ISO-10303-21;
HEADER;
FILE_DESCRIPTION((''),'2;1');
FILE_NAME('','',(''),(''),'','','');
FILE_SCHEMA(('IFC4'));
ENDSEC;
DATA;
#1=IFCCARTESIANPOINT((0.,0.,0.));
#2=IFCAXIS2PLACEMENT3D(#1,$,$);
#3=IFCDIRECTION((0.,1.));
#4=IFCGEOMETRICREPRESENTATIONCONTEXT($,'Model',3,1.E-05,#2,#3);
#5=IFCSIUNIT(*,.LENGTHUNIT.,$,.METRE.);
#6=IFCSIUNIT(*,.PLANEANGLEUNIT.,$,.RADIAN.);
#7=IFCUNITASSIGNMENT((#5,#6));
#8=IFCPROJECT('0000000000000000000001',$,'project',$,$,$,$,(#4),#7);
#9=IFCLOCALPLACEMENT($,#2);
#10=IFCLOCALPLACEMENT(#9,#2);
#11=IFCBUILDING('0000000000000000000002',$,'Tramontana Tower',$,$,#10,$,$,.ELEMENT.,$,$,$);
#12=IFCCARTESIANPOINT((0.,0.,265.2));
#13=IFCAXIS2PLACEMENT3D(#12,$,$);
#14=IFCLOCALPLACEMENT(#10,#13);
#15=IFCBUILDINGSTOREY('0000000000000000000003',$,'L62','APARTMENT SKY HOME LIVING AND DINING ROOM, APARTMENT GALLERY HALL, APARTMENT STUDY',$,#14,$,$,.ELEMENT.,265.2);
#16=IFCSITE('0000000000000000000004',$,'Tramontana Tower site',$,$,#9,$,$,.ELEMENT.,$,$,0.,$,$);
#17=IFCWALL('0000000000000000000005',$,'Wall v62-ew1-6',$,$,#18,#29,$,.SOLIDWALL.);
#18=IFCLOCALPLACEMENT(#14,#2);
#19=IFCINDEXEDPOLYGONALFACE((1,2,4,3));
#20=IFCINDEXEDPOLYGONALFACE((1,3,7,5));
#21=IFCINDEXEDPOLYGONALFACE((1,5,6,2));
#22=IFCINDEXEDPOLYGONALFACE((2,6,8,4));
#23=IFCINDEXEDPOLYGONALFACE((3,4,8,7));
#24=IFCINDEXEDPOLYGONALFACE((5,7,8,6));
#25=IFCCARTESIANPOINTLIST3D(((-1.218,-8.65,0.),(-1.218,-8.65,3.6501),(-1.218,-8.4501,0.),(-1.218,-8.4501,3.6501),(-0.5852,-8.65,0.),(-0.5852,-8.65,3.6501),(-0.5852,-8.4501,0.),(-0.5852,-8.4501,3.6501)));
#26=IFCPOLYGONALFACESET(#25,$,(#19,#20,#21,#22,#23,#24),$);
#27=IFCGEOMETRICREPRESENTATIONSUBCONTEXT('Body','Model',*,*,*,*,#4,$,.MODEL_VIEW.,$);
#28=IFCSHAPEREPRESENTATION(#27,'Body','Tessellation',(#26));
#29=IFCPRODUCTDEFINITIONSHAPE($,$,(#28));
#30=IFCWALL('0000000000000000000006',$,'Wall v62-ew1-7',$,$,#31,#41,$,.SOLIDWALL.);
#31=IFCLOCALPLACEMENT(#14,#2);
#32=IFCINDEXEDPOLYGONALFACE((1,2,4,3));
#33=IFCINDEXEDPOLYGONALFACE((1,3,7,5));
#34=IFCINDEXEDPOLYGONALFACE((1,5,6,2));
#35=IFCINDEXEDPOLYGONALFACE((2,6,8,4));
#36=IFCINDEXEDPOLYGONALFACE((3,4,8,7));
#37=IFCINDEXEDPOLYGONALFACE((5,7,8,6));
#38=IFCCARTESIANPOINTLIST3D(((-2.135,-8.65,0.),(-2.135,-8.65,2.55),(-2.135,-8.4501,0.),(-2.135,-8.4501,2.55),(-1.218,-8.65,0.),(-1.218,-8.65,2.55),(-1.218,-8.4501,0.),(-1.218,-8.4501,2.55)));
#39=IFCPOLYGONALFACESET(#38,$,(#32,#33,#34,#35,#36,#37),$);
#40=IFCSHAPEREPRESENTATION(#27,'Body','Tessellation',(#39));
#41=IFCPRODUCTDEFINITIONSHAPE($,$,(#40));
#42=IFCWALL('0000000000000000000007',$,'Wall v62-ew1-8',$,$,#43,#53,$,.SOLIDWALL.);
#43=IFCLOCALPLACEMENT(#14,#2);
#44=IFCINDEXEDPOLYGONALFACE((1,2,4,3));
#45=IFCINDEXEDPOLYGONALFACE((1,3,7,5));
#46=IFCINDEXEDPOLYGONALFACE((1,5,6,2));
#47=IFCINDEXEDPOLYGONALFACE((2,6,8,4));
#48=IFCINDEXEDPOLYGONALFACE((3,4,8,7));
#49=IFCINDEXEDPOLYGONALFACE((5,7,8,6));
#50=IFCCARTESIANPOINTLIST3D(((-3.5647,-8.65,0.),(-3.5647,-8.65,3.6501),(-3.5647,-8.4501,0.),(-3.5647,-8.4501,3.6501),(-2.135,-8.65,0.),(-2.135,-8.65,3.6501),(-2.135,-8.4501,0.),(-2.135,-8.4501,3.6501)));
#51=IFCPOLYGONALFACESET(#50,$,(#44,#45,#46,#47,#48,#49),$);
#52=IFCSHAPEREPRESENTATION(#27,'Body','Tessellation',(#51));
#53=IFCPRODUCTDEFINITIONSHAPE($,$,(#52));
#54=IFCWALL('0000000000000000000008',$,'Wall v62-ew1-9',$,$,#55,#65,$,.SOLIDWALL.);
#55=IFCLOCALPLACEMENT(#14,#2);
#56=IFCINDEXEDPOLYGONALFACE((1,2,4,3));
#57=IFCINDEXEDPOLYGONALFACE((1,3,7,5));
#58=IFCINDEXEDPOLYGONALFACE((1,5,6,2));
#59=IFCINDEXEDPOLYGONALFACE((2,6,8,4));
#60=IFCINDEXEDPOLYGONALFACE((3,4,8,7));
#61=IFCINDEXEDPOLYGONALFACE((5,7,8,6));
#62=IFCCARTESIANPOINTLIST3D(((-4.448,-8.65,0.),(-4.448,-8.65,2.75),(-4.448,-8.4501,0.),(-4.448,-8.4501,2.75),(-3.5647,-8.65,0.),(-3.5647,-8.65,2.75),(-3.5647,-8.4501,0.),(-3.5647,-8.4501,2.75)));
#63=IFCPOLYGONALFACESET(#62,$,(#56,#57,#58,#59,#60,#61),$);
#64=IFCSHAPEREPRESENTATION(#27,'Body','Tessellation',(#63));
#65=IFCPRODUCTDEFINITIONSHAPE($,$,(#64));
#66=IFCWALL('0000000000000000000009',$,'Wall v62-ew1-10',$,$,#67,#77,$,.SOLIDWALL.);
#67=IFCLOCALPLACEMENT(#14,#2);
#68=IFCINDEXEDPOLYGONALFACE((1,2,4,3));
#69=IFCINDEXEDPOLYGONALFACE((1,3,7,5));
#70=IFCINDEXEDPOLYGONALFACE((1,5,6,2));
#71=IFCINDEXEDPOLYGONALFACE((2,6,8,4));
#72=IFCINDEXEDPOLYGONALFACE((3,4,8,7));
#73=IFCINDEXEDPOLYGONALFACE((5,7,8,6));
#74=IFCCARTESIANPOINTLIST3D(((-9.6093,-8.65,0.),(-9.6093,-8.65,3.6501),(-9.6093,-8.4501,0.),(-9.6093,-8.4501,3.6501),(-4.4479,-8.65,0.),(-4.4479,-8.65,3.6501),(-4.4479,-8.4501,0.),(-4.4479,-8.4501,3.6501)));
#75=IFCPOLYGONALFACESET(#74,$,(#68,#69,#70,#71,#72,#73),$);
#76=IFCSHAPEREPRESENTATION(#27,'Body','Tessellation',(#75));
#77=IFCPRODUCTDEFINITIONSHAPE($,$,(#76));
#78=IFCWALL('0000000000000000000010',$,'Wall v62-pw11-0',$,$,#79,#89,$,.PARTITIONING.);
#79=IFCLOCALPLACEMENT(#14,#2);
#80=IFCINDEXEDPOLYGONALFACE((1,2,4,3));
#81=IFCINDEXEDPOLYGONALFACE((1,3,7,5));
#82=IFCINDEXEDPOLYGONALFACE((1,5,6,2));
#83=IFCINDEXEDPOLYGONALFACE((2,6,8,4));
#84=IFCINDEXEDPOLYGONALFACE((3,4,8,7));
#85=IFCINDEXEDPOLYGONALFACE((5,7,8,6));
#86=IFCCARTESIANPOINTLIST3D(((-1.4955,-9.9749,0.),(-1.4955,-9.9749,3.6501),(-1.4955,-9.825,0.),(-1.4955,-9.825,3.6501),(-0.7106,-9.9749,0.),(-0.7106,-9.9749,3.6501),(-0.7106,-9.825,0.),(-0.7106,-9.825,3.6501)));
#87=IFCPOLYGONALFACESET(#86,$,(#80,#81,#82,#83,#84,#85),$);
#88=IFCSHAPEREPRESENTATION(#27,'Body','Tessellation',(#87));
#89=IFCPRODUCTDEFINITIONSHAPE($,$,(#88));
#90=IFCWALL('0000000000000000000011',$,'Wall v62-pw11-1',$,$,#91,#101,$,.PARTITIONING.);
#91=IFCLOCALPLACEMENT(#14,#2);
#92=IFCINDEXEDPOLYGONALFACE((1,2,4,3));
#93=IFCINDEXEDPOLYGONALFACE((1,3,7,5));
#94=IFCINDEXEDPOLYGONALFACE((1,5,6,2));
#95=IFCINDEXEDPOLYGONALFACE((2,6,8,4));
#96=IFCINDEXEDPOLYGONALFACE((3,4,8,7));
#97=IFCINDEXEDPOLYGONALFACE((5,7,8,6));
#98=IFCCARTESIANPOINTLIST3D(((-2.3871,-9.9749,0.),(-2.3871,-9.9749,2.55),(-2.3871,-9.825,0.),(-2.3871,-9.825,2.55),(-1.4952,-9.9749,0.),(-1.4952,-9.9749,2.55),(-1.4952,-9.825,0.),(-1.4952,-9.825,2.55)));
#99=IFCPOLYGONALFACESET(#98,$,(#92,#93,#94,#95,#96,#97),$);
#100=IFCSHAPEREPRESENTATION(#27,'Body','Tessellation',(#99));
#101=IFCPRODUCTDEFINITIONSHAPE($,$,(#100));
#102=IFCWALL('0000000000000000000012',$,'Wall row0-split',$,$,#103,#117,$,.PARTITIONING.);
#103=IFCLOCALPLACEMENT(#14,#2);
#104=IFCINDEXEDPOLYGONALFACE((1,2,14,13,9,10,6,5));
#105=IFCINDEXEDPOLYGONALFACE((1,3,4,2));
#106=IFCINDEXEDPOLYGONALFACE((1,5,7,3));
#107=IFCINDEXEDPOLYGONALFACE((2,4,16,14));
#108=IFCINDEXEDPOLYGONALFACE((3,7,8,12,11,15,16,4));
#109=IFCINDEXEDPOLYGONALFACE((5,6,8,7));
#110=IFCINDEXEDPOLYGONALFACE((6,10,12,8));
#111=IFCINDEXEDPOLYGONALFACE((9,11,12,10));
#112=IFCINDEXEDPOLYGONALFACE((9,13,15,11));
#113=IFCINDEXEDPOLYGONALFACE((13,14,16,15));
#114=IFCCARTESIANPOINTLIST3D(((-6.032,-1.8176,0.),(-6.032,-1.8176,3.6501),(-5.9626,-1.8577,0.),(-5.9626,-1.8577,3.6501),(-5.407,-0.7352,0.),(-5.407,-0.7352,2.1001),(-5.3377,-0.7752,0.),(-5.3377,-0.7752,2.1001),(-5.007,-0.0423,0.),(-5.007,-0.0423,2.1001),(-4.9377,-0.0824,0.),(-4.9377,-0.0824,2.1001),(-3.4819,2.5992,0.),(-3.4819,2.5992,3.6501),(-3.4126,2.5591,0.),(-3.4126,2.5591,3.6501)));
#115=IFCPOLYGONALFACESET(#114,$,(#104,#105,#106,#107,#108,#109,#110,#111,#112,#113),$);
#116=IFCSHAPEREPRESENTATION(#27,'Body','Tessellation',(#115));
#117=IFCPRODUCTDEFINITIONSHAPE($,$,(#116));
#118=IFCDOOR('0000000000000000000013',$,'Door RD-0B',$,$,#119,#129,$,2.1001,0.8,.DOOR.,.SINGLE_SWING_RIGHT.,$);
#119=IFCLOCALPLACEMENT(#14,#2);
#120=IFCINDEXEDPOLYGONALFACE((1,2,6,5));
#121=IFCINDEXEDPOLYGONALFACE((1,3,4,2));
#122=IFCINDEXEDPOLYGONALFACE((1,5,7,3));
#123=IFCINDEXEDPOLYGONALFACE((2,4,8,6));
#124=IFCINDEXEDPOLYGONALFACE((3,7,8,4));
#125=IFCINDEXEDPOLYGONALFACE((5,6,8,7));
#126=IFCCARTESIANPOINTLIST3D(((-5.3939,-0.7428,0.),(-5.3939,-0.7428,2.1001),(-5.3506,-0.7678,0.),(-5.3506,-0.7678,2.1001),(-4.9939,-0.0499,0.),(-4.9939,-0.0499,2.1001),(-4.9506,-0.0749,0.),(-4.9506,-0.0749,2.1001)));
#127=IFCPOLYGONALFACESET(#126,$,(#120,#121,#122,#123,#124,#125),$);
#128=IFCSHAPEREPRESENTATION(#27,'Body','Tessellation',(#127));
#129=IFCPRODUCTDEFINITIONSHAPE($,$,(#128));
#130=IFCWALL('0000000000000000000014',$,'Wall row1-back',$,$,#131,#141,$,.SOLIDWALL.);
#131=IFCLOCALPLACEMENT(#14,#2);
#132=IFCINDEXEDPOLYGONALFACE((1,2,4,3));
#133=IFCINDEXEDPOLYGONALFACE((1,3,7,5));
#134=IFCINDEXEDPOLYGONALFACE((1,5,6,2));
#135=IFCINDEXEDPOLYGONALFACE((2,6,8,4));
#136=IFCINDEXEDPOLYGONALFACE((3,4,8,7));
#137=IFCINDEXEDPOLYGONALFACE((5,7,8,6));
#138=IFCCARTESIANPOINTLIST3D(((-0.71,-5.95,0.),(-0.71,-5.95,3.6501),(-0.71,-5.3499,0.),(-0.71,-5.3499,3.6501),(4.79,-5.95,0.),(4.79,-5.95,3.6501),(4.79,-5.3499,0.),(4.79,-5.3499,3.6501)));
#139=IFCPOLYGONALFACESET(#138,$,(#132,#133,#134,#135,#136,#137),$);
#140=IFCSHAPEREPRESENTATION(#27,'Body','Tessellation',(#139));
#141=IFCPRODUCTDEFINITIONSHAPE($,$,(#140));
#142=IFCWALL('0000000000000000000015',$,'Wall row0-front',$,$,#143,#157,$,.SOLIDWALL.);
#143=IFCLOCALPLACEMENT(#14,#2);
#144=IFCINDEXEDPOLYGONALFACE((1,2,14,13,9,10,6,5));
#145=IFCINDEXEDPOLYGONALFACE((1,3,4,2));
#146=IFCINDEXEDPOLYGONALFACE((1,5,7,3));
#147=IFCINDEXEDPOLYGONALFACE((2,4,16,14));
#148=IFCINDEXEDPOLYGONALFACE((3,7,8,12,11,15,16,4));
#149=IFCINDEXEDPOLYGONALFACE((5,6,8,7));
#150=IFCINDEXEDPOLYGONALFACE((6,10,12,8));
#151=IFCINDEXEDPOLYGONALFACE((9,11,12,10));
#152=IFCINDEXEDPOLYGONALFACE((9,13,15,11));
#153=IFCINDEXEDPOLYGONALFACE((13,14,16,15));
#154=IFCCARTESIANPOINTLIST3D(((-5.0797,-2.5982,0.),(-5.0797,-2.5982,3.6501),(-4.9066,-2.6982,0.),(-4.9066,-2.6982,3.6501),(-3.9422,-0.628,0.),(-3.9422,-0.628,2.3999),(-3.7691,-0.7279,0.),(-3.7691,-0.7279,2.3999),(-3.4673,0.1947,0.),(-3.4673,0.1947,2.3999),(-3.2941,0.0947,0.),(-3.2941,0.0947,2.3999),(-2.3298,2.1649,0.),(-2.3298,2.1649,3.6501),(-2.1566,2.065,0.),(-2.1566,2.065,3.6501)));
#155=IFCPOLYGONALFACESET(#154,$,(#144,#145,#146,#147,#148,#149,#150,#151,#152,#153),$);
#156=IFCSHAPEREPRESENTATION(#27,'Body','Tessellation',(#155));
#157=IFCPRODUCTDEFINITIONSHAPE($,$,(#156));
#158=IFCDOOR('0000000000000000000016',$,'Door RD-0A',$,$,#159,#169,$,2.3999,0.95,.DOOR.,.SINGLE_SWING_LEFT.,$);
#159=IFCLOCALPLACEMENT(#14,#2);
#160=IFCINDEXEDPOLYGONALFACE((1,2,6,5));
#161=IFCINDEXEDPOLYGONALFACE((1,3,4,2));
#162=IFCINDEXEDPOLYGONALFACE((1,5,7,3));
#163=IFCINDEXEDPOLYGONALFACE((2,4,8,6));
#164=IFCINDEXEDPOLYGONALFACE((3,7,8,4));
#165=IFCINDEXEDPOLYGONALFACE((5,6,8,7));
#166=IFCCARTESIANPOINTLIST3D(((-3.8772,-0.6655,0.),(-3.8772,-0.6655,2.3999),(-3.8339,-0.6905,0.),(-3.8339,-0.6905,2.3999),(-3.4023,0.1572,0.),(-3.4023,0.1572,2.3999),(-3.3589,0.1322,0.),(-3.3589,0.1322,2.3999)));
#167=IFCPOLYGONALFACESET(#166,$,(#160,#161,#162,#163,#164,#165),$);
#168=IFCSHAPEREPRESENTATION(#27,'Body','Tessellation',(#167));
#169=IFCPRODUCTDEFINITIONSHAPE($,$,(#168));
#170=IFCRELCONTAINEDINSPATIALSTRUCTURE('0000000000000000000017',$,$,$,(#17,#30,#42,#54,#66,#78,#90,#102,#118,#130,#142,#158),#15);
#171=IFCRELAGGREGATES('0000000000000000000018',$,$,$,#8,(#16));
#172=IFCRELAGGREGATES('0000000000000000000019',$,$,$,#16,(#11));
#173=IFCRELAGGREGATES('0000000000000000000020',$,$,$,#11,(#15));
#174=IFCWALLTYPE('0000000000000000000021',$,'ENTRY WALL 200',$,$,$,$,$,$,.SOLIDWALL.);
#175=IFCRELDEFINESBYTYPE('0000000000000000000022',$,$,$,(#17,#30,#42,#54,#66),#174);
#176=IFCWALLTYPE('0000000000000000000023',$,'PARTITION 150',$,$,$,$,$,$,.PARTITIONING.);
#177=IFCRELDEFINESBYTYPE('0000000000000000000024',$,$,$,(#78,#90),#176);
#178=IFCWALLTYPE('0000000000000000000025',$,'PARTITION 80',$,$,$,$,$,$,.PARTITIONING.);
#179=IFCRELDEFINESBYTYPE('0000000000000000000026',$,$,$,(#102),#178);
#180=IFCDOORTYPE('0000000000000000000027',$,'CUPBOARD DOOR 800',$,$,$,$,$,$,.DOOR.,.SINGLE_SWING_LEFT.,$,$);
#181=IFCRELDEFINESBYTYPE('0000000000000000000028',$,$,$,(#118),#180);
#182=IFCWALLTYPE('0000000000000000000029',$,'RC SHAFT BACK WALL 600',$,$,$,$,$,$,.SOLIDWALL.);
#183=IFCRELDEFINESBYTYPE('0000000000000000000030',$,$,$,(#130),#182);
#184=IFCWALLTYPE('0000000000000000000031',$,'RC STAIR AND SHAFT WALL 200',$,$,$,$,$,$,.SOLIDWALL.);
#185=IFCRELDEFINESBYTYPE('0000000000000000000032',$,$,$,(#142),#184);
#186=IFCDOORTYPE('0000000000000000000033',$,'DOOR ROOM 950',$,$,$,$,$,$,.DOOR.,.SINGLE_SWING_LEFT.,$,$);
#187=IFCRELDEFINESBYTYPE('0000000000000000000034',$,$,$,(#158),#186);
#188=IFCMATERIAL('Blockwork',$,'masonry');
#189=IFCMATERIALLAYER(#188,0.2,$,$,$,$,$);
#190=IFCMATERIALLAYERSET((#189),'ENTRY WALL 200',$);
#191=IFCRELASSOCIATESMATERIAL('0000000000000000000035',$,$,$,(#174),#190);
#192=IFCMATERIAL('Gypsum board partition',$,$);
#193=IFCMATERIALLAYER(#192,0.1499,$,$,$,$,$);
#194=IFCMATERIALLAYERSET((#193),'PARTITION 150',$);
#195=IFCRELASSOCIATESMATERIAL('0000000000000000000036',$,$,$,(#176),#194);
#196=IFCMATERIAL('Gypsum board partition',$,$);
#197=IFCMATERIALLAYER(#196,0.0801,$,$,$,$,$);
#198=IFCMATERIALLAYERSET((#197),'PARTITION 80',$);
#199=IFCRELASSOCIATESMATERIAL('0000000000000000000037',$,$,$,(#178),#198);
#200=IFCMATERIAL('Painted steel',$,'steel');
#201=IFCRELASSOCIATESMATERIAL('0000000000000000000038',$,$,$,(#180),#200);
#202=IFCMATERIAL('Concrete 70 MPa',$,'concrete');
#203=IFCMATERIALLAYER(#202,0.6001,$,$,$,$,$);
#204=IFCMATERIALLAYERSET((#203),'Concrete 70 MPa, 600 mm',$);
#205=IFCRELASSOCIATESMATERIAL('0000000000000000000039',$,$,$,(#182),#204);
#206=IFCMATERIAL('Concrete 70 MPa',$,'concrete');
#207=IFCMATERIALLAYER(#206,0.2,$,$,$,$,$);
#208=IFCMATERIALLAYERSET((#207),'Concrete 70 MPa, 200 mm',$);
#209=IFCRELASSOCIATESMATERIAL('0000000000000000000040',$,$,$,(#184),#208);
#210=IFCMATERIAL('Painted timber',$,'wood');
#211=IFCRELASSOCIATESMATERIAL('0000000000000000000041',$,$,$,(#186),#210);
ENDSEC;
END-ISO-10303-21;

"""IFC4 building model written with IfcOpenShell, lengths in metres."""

from ifc_helpers import new_model, si_unit, direction, frame, frame_2d, origin, place, context, subcontext, project, spatial, rectangle, extrude, material, layer, layer_set, type_object, element, fill, save


model = new_model("IFC4")

# Units and contexts
model_context = context("Model", 3, precision=1e-05, world=origin(), true_north=direction((0.0, 1.0)))
body_context = subcontext(model_context, "Body", "Model", "MODEL_VIEW")
ifc_project = project(units=[si_unit("LENGTHUNIT", "METRE"), si_unit("PLANEANGLEUNIT", "RADIAN")], contexts=[model_context])

# Site, building, storey
site_placement = place(None, origin())
site = spatial("IfcSite", under=ifc_project, at=site_placement, Name="Tramontana Tower site", CompositionType="ELEMENT", RefElevation=0.0)
building_placement = place(site_placement, origin())
building = spatial("IfcBuilding", under=site, at=building_placement, Name="Tramontana Tower", CompositionType="ELEMENT")
storey_placement = place(building_placement, frame((0.0, 0.0, 265.2)))
storey = spatial("IfcBuildingStorey", under=building, at=storey_placement, Name="L62", Description="APARTMENT SKY HOME LIVING AND DINING ROOM, APARTMENT GALLERY HALL, APARTMENT STUDY", CompositionType="ELEMENT", Elevation=265.2)

# Shared definitions
ifc_material_1 = material(Name="Blockwork", Category="masonry")
ifc_layer_1 = layer(ifc_material_1, 0.2)
ifc_layer_set_1 = layer_set([ifc_layer_1], Name="ENTRY WALL 200")
wall_type_1 = type_object("IfcWallType", Name="ENTRY WALL 200", PredefinedType="SOLIDWALL", material=ifc_layer_set_1)

# Walls
wall_1_placement = place(storey_placement, frame((-0.5852, -8.55, 0.0), z_axis=(0.0, 0.0, 1.0), x_axis=(-1.0, 0.0, 0.0)))
element("IfcWall", 1, at=wall_1_placement, inside=storey, type_object=wall_type_1, Name="Wall v62-ew1-6", PredefinedType="SOLIDWALL", context=body_context, shape_type="SweptSolid", body=[
    extrude(rectangle(XDim=0.6328, YDim=0.2, at=frame_2d((0.3164, 0.0))), origin(), (0.0, 0.0, 1.0), 3.6501),
])
wall_2_placement = place(storey_placement, frame((-1.218, -8.55, 0.0), z_axis=(0.0, 0.0, 1.0), x_axis=(-1.0, 0.0, 0.0)))
element("IfcWall", 2, at=wall_2_placement, inside=storey, type_object=wall_type_1, Name="Wall v62-ew1-7", PredefinedType="SOLIDWALL", context=body_context, shape_type="SweptSolid", body=[
    extrude(rectangle(XDim=0.917, YDim=0.2, at=frame_2d((0.4585, 0.0))), origin(), (0.0, 0.0, 1.0), 2.55),
])
wall_3_placement = place(storey_placement, frame((-2.135, -8.55, 0.0), z_axis=(0.0, 0.0, 1.0), x_axis=(-1.0, 0.0, 0.0)))
element("IfcWall", 3, at=wall_3_placement, inside=storey, type_object=wall_type_1, Name="Wall v62-ew1-8", PredefinedType="SOLIDWALL", context=body_context, shape_type="SweptSolid", body=[
    extrude(rectangle(XDim=1.4297, YDim=0.2, at=frame_2d((0.7148, 0.0))), origin(), (0.0, 0.0, 1.0), 3.6501),
])
wall_4_placement = place(storey_placement, frame((-3.5647, -8.55, 0.0), z_axis=(0.0, 0.0, 1.0), x_axis=(-1.0, 0.0, 0.0)))
element("IfcWall", 4, at=wall_4_placement, inside=storey, type_object=wall_type_1, Name="Wall v62-ew1-9", PredefinedType="SOLIDWALL", context=body_context, shape_type="SweptSolid", body=[
    extrude(rectangle(XDim=0.8833, YDim=0.2, at=frame_2d((0.4417, 0.0))), origin(), (0.0, 0.0, 1.0), 2.75),
])
wall_5_placement = place(storey_placement, frame((-4.448, -8.55, 0.0), z_axis=(0.0, 0.0, 1.0), x_axis=(-1.0, 0.0, 0.0)))
element("IfcWall", 5, at=wall_5_placement, inside=storey, type_object=wall_type_1, Name="Wall v62-ew1-10", PredefinedType="SOLIDWALL", context=body_context, shape_type="SweptSolid", body=[
    extrude(rectangle(XDim=5.1614, YDim=0.2, at=frame_2d((2.5806, 0.0))), origin(), (0.0, 0.0, 1.0), 3.6501),
])
ifc_material_2 = material(Name="Gypsum board partition")
ifc_layer_2 = layer(ifc_material_2, 0.1499)
ifc_layer_set_2 = layer_set([ifc_layer_2], Name="PARTITION 150")
wall_type_2 = type_object("IfcWallType", Name="PARTITION 150", PredefinedType="PARTITIONING", material=ifc_layer_set_2)
wall_6_placement = place(storey_placement, frame((-0.7104, -9.8999, 0.0), z_axis=(0.0, 0.0, 1.0), x_axis=(-1.0, 0.0, 0.0)))
element("IfcWall", 6, at=wall_6_placement, inside=storey, type_object=wall_type_2, Name="Wall v62-pw11-0", PredefinedType="PARTITIONING", context=body_context, shape_type="SweptSolid", body=[
    extrude(rectangle(XDim=0.7849, YDim=0.1499, at=frame_2d((0.3926, 0.0))), origin(), (0.0, 0.0, 1.0), 3.6501),
])
wall_7_placement = place(storey_placement, frame((-1.4954, -9.8999, 0.0), z_axis=(0.0, 0.0, 1.0), x_axis=(-1.0, 0.0, 0.0)))
element("IfcWall", 7, at=wall_7_placement, inside=storey, type_object=wall_type_2, Name="Wall v62-pw11-1", PredefinedType="PARTITIONING", context=body_context, shape_type="SweptSolid", body=[
    extrude(rectangle(XDim=0.8918, YDim=0.1499, at=frame_2d((0.4458, 0.0))), origin(), (0.0, 0.0, 1.0), 2.55),
])

# Wall, opening, door
ifc_material_3 = material(Name="Gypsum board partition")
ifc_layer_3 = layer(ifc_material_3, 0.0801)
ifc_layer_set_3 = layer_set([ifc_layer_3], Name="PARTITION 80")
wall_type_3 = type_object("IfcWallType", Name="PARTITION 80", PredefinedType="PARTITIONING", material=ifc_layer_set_3)
wall_8_placement = place(storey_placement, frame((-5.9973, -1.8376, 0.0), z_axis=(0.0, 0.0, 1.0), x_axis=(0.500006, 0.866022, 0.0)))
wall_8 = element("IfcWall", 8, at=wall_8_placement, inside=storey, type_object=wall_type_3, Name="Wall row0-split", PredefinedType="PARTITIONING", context=body_context, shape_type="SweptSolid", body=[
    extrude(rectangle(XDim=5.1001, YDim=0.0801, at=frame_2d((2.55, 0.0))), origin(), (0.0, 0.0, 1.0), 3.6501),
])
opening_1_placement = place(wall_8_placement, frame((1.25, 0.0, 0.0)))
opening_1 = element("IfcOpeningElement", 9, at=opening_1_placement, cuts=wall_8, PredefinedType="OPENING", context=body_context, shape_type="SweptSolid", body=[
    extrude(rectangle(XDim=0.8, YDim=2.1001, at=frame_2d((0.3999, 1.05))), frame((0.0, 0.05, 0.0), z_axis=(0.0, -1.0, 0.0), x_axis=(1.0, 0.0, 0.0)), (0.0, 0.0, 1.0), 0.1001),
])
ifc_material_4 = material(Name="Painted steel", Category="steel")
door_type_1 = type_object("IfcDoorType", Name="CUPBOARD DOOR 800", OperationType="SINGLE_SWING_LEFT", PredefinedType="DOOR", material=ifc_material_4)
door_1_placement = place(opening_1_placement, origin())
door_1 = element("IfcDoor", 10, at=door_1_placement, inside=storey, type_object=door_type_1, Name="Door RD-0B", OperationType="SINGLE_SWING_RIGHT", OverallHeight=2.1001, OverallWidth=0.8, PredefinedType="DOOR", context=body_context, shape_type="SweptSolid", body=[
    extrude(rectangle(XDim=0.8, YDim=2.1001, at=frame_2d((0.3999, 1.05))), frame((0.0, 0.0249, 0.0), z_axis=(0.0, -1.0, 0.0), x_axis=(1.0, 0.0, 0.0)), (0.0, 0.0, 1.0), 0.05),
])
fill(opening_1, door_1)

# Wall
ifc_material_5 = material(Name="Concrete 70 MPa", Category="concrete")
ifc_layer_4 = layer(ifc_material_5, 0.6001)
ifc_layer_set_4 = layer_set([ifc_layer_4], Name="Concrete 70 MPa, 600 mm")
wall_type_4 = type_object("IfcWallType", Name="RC SHAFT BACK WALL 600", PredefinedType="SOLIDWALL", material=ifc_layer_set_4)
wall_9_placement = place(storey_placement, frame((-0.71, -5.6499, 0.0), z_axis=(0.0, 0.0, 1.0), x_axis=(1.0, 0.0, 0.0)))
element("IfcWall", 11, at=wall_9_placement, inside=storey, type_object=wall_type_4, Name="Wall row1-back", PredefinedType="SOLIDWALL", context=body_context, shape_type="SweptSolid", body=[
    extrude(rectangle(XDim=5.5, YDim=0.6001, at=frame_2d((2.75, 0.0))), origin(), (0.0, 0.0, 1.0), 3.6501),
])

# Wall, opening, door
ifc_material_6 = material(Name="Concrete 70 MPa", Category="concrete")
ifc_layer_5 = layer(ifc_material_6, 0.2)
ifc_layer_set_5 = layer_set([ifc_layer_5], Name="Concrete 70 MPa, 200 mm")
wall_type_5 = type_object("IfcWallType", Name="RC STAIR AND SHAFT WALL 200", PredefinedType="SOLIDWALL", material=ifc_layer_set_5)
wall_10_placement = place(storey_placement, frame((-4.9932, -2.6482, 0.0), z_axis=(0.0, 0.0, 1.0), x_axis=(0.499997, 0.866027, 0.0)))
wall_10 = element("IfcWall", 12, at=wall_10_placement, inside=storey, type_object=wall_type_5, Name="Wall row0-front", PredefinedType="SOLIDWALL", context=body_context, shape_type="SweptSolid", body=[
    extrude(rectangle(XDim=5.5, YDim=0.2, at=frame_2d((2.75, 0.0))), origin(), (0.0, 0.0, 1.0), 3.6501),
])
opening_2_placement = place(wall_10_placement, frame((2.2749, 0.0, 0.0)))
opening_2 = element("IfcOpeningElement", 13, at=opening_2_placement, cuts=wall_10, PredefinedType="OPENING", context=body_context, shape_type="SweptSolid", body=[
    extrude(rectangle(XDim=0.95, YDim=2.3999, at=frame_2d((0.4751, 1.2))), frame((0.0, 0.1099, 0.0), z_axis=(0.0, -1.0, 0.0), x_axis=(1.0, 0.0, 0.0)), (0.0, 0.0, 1.0), 0.22),
])
ifc_material_7 = material(Name="Painted timber", Category="wood")
door_type_2 = type_object("IfcDoorType", Name="DOOR ROOM 950", OperationType="SINGLE_SWING_LEFT", PredefinedType="DOOR", material=ifc_material_7)
door_2_placement = place(opening_2_placement, origin())
door_2 = element("IfcDoor", 14, at=door_2_placement, inside=storey, type_object=door_type_2, Name="Door RD-0A", OperationType="SINGLE_SWING_LEFT", OverallHeight=2.3999, OverallWidth=0.95, PredefinedType="DOOR", context=body_context, shape_type="SweptSolid", body=[
    extrude(rectangle(XDim=0.95, YDim=2.3999, at=frame_2d((0.4751, 1.2))), frame((0.0, 0.0249, 0.0), z_axis=(0.0, -1.0, 0.0), x_axis=(1.0, 0.0, 0.0)), (0.0, 0.0, 1.0), 0.05),
])
fill(opening_2, door_2)

save(model, "model.ifc")
